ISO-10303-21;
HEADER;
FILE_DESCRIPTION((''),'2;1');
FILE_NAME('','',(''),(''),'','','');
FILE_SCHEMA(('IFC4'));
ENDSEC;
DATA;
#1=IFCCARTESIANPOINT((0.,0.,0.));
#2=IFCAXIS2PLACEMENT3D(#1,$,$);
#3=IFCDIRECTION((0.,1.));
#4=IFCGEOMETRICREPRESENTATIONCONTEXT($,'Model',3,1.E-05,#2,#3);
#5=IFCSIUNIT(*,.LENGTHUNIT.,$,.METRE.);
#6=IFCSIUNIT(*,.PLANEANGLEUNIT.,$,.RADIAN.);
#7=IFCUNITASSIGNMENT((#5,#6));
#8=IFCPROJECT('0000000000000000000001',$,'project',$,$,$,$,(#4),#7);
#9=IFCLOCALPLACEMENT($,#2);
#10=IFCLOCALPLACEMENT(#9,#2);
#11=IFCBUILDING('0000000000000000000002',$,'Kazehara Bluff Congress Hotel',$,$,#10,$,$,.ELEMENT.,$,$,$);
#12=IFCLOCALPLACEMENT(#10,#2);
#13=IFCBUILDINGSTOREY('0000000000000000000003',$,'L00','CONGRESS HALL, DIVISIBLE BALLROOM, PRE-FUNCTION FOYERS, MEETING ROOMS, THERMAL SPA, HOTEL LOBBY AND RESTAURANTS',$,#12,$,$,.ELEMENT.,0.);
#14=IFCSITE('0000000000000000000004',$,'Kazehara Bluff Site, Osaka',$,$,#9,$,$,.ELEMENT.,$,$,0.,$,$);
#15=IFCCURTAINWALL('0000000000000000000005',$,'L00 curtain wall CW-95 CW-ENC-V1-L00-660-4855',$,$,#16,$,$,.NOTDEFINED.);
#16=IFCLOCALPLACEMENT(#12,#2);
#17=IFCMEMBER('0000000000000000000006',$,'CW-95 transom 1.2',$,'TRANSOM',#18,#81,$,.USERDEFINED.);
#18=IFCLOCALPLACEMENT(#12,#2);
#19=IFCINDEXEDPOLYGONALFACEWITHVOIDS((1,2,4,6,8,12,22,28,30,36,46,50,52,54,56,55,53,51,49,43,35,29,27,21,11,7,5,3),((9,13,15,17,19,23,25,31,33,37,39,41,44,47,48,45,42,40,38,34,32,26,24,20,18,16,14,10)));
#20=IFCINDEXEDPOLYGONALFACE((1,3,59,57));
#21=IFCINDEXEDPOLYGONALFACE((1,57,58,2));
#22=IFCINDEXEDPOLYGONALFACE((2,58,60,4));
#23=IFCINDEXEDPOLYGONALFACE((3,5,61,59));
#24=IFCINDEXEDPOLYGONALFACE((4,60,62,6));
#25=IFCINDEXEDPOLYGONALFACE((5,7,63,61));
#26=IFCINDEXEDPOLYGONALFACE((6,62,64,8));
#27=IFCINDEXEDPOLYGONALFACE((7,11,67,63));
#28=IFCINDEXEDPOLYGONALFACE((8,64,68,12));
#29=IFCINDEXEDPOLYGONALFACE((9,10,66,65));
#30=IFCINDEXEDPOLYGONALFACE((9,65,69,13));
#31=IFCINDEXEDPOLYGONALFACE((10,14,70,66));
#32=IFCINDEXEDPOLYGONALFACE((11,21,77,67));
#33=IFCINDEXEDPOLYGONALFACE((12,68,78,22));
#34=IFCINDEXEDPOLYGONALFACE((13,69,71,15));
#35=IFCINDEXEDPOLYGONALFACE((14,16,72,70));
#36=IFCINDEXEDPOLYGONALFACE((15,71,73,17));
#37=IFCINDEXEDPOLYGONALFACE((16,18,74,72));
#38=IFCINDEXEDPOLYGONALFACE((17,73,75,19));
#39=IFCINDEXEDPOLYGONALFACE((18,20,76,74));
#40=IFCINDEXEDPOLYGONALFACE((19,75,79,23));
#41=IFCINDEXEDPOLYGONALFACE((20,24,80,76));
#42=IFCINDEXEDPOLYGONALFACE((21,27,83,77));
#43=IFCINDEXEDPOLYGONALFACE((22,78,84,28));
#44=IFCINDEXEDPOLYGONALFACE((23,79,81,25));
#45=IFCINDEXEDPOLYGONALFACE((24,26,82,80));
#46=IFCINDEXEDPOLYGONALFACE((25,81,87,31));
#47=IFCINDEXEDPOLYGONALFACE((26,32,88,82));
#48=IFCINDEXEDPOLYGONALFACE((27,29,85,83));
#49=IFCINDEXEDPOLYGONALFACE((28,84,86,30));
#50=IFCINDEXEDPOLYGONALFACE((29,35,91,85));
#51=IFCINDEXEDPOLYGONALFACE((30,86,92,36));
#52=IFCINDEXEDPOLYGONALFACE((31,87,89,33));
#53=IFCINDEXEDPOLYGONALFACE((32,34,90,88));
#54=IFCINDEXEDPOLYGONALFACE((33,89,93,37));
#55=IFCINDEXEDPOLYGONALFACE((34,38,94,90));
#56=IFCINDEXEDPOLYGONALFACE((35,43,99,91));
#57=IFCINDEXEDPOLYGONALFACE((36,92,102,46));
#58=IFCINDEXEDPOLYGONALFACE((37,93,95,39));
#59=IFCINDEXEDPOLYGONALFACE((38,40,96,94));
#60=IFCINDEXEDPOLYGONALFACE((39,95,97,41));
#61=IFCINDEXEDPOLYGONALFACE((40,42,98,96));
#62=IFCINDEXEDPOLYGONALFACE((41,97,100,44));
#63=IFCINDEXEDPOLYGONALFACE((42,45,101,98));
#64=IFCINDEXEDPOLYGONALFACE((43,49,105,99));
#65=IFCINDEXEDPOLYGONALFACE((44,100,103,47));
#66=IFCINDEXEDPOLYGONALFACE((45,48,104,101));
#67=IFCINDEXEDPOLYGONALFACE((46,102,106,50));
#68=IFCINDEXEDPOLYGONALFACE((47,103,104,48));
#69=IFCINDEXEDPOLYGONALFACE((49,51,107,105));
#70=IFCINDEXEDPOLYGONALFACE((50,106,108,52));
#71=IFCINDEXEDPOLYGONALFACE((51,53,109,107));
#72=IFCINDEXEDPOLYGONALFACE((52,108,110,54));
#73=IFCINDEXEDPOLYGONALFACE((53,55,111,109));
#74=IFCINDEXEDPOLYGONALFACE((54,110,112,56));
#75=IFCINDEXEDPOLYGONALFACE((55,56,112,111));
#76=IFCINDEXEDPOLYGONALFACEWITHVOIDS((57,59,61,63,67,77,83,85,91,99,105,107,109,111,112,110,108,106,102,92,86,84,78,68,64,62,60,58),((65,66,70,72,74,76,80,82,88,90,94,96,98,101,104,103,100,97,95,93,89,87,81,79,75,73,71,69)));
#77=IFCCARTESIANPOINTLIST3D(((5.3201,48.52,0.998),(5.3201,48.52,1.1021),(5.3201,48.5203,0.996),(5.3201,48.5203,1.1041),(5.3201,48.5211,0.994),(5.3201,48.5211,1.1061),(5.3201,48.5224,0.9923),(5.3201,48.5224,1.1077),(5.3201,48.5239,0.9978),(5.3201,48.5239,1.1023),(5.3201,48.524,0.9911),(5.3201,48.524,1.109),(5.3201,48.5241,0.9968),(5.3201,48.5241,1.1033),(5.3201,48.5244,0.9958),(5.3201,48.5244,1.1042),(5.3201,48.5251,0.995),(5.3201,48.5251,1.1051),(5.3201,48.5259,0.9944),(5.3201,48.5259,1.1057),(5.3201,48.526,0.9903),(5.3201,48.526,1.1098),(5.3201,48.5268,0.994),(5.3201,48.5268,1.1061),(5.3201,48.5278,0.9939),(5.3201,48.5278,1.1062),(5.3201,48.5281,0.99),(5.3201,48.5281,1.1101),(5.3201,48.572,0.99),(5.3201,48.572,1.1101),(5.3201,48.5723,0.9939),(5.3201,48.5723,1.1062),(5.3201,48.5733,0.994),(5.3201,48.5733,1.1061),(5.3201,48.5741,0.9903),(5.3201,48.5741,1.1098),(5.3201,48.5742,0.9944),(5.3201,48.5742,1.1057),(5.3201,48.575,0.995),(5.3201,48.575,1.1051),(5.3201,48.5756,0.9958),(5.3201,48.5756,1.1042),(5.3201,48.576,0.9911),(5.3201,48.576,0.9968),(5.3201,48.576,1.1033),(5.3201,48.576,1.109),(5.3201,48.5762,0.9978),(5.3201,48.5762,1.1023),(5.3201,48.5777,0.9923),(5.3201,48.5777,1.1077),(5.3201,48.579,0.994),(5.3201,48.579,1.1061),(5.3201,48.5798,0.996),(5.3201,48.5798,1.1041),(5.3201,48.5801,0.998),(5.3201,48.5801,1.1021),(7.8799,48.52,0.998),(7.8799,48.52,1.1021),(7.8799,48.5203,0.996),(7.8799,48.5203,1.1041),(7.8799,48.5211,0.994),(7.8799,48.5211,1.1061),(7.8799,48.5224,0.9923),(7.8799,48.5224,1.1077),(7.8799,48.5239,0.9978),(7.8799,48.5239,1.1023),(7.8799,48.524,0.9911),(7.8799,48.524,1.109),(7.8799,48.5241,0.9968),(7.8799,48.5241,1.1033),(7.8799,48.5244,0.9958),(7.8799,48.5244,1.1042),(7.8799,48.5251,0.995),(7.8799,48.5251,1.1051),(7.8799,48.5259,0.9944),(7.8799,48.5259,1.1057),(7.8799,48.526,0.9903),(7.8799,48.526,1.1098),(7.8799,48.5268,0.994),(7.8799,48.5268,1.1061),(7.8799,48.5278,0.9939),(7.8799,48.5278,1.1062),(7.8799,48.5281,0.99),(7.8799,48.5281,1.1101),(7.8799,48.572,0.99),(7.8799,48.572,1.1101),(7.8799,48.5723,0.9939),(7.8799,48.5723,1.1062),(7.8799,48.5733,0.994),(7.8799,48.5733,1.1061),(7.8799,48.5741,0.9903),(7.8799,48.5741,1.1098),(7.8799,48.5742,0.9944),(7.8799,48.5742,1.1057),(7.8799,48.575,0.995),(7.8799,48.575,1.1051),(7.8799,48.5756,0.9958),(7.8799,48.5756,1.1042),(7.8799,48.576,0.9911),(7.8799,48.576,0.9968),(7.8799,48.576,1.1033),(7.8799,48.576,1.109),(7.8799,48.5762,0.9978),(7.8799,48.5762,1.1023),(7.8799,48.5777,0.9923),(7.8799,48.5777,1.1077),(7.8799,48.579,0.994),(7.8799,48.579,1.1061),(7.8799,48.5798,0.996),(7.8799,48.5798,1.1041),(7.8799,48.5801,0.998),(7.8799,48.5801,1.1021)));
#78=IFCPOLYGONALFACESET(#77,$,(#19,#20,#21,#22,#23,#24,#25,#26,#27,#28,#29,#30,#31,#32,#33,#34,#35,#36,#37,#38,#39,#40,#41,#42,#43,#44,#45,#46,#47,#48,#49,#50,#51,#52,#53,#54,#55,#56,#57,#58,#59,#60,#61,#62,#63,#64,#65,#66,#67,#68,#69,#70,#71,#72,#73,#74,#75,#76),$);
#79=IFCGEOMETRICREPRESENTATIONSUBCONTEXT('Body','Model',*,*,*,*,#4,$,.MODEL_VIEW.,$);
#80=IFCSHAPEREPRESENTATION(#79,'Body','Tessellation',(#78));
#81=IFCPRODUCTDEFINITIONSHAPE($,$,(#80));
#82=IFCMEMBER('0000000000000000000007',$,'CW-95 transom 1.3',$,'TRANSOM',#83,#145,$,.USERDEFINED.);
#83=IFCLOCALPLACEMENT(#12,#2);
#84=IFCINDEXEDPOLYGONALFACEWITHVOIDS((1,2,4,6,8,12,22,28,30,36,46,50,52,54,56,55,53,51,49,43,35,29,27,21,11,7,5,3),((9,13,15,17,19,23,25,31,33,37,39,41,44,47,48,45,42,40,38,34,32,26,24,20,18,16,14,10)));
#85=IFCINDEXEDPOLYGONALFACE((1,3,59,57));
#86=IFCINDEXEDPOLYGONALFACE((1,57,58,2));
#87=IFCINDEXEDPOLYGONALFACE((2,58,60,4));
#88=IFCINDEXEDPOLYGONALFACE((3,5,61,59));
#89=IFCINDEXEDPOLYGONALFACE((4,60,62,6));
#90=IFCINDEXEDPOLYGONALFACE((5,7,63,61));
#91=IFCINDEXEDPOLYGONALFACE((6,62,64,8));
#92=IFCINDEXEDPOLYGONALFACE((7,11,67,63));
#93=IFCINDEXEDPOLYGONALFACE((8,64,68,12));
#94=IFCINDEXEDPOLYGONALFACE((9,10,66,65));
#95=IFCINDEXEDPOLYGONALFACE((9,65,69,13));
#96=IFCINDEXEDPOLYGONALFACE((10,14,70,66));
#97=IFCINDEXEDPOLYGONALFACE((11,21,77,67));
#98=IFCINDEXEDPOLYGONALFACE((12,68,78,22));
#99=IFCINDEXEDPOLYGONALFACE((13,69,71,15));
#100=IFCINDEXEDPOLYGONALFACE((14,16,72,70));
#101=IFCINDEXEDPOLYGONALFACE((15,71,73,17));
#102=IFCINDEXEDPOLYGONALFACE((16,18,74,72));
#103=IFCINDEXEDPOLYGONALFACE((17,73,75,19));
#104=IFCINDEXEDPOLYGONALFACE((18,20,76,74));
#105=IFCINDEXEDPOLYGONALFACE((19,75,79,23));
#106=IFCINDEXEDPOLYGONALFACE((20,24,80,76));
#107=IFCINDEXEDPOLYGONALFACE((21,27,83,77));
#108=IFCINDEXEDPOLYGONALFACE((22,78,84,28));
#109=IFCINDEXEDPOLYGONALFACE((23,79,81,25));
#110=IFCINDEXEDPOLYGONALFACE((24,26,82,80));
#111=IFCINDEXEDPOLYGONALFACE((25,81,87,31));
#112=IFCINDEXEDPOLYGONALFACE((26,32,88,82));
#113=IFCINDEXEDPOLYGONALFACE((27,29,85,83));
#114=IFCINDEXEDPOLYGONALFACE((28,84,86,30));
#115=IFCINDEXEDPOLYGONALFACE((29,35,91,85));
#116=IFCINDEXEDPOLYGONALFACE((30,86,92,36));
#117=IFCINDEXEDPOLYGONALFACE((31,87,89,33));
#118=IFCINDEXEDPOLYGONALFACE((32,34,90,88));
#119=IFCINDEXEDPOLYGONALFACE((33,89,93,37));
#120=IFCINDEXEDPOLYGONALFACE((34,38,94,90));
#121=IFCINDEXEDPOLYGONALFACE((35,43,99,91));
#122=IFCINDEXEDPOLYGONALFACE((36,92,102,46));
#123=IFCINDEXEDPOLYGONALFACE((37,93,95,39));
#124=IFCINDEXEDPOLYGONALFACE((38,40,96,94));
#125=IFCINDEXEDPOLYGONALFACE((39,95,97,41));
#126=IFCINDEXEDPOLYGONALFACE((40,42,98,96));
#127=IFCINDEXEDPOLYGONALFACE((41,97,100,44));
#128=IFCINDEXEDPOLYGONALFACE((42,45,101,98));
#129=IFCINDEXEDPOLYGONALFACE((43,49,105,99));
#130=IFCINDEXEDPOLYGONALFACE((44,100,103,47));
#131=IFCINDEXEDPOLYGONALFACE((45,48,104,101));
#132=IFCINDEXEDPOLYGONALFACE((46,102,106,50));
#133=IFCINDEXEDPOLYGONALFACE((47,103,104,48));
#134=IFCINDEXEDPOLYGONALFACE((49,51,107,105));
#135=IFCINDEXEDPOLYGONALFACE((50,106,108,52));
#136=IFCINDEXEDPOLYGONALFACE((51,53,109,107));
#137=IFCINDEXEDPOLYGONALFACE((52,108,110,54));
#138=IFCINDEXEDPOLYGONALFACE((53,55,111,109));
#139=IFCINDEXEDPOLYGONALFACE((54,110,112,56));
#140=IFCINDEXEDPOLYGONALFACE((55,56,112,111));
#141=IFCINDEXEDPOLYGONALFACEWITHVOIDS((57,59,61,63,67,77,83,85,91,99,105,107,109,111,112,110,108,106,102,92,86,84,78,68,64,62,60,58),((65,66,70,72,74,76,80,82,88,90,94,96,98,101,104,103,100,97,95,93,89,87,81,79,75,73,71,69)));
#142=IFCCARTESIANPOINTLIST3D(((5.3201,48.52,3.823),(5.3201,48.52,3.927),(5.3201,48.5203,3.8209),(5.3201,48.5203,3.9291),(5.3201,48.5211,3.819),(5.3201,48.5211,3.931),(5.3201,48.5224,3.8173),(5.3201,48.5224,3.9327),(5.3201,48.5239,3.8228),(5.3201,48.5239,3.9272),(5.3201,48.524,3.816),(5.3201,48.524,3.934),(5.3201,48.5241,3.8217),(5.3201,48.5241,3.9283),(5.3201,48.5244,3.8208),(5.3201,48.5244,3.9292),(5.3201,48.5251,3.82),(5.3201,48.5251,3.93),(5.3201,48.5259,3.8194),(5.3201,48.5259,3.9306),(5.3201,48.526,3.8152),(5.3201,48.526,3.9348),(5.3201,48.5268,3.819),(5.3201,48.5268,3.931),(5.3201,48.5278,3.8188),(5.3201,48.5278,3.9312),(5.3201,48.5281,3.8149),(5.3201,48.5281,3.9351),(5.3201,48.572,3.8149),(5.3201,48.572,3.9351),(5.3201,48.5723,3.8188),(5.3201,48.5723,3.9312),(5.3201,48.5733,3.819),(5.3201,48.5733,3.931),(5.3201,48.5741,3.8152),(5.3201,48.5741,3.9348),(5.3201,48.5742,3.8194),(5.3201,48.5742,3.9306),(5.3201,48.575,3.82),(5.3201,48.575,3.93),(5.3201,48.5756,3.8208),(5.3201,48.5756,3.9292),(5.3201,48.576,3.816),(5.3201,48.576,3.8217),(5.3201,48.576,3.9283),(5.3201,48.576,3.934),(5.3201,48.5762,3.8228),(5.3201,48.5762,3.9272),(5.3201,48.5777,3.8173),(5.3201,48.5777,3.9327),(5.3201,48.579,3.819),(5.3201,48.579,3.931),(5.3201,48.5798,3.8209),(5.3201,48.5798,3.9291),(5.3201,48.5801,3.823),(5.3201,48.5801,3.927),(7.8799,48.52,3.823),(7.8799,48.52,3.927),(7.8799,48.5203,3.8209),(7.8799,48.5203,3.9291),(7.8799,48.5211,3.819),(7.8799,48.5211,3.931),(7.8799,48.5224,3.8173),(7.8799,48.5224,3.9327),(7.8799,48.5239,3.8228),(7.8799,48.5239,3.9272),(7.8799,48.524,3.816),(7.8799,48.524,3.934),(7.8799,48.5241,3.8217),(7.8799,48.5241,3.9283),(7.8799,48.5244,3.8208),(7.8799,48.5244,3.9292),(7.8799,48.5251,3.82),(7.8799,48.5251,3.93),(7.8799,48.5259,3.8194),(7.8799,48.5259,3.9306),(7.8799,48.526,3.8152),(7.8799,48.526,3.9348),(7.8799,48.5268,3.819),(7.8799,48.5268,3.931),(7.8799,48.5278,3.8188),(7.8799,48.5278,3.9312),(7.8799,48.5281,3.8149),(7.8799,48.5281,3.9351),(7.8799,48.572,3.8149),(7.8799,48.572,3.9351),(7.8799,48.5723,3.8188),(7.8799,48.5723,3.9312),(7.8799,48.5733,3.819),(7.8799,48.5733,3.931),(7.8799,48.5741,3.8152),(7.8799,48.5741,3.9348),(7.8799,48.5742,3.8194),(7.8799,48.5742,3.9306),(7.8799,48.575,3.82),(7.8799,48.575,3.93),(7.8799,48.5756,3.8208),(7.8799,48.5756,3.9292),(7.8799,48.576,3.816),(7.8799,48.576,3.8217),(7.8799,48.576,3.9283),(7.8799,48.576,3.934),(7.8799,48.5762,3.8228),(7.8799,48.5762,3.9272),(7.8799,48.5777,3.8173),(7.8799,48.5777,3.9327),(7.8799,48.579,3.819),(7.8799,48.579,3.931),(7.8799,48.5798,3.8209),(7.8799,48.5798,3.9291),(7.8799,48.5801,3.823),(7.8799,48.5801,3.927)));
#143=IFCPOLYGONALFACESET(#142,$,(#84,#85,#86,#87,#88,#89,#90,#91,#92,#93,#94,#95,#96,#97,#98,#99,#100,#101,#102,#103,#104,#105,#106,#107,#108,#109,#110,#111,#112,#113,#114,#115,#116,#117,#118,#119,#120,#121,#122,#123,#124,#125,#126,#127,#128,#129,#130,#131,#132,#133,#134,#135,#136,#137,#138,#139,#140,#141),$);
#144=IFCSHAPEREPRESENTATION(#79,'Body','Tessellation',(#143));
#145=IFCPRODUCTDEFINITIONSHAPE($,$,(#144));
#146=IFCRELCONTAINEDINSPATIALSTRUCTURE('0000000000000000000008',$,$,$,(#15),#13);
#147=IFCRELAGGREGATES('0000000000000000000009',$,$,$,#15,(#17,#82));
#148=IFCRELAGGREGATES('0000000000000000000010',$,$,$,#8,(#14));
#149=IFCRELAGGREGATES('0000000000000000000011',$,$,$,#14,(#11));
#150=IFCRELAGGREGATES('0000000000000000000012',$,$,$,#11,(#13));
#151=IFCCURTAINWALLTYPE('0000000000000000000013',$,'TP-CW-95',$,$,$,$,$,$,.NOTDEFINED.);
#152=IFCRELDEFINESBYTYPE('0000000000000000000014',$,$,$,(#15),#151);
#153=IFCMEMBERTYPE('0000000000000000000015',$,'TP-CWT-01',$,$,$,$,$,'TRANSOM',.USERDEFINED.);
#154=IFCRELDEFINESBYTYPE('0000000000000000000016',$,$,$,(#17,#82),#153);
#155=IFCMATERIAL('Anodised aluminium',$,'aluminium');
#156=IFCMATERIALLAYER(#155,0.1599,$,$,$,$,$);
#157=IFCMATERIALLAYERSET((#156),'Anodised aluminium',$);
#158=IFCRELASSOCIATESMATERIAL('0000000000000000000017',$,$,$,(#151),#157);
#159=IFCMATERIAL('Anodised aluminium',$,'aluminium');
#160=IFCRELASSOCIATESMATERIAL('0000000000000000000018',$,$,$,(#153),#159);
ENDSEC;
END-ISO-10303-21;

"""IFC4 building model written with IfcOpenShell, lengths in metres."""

from ifc_helpers import new_model, si_unit, direction, frame, origin, origin_2d, place, context, subcontext, project, spatial, hollow_rectangle, extrude, material, layer, layer_set, material_profile, profile_set, type_object, element, aggregate, save


model = new_model("IFC4")

# Units and contexts
model_context = context("Model", 3, precision=1e-05, world=origin(), true_north=direction((0.0, 1.0)))
body_context = subcontext(model_context, "Body", "Model", "MODEL_VIEW")
ifc_project = project(units=[si_unit("LENGTHUNIT", "METRE"), si_unit("PLANEANGLEUNIT", "RADIAN")], contexts=[model_context])

# Site, building, storey
site_placement = place(None, origin())
site = spatial("IfcSite", under=ifc_project, at=site_placement, Name="Kazehara Bluff Site, Osaka", CompositionType="ELEMENT", RefElevation=0.0)
building_placement = place(site_placement, origin())
building = spatial("IfcBuilding", under=site, at=building_placement, Name="Kazehara Bluff Congress Hotel", CompositionType="ELEMENT")
storey_placement = place(building_placement, origin())
storey = spatial("IfcBuildingStorey", under=building, at=storey_placement, Name="L00", Description="CONGRESS HALL, DIVISIBLE BALLROOM, PRE-FUNCTION FOYERS, MEETING ROOMS, THERMAL SPA, HOTEL LOBBY AND RESTAURANTS", CompositionType="ELEMENT", Elevation=0.0)

# Curtain wall, members
ifc_material_1 = material(Name="Anodised aluminium", Category="aluminium")
ifc_layer_1 = layer(ifc_material_1, 0.1599)
ifc_layer_set_1 = layer_set([ifc_layer_1], Name="Anodised aluminium")
curtain_wall_type = type_object("IfcCurtainWallType", Name="TP-CW-95", PredefinedType="NOTDEFINED", material=ifc_layer_set_1)
curtain_wall_placement = place(storey_placement, origin())
curtain_wall = element("IfcCurtainWall", 1, at=curtain_wall_placement, inside=storey, type_object=curtain_wall_type, Name="L00 curtain wall CW-95 CW-ENC-V1-L00-660-4855", PredefinedType="NOTDEFINED")
ifc_material_2 = material(Name="Anodised aluminium", Category="aluminium")
ifc_material_profile_1 = material_profile(ifc_material_2, hollow_rectangle(XDim=0.0601, YDim=0.1201, WallThickness=0.0039, InnerFilletRadius=0.0039, OuterFilletRadius=0.0081, at=origin_2d()))
ifc_profile_set_1 = profile_set([ifc_material_profile_1], Name="Anodised aluminium")
member_type_1 = type_object("IfcMemberType", Name="TP-CWT-01", ElementType="TRANSOM", PredefinedType="USERDEFINED", material=ifc_profile_set_1)
member_1_placement = place(storey_placement, frame((7.8799, 48.55, 1.05), z_axis=(-1.0, 0.0, 0.0), x_axis=(0.0, -1.0, 0.0)))
member_1 = element("IfcMember", 2, at=member_1_placement, type_object=member_type_1, Name="CW-95 transom 1.2", ObjectType="TRANSOM", PredefinedType="USERDEFINED", context=body_context, shape_type="SweptSolid", body=[
    extrude(hollow_rectangle(XDim=0.0601, YDim=0.1201, WallThickness=0.0039, InnerFilletRadius=0.0039, OuterFilletRadius=0.0081, at=origin_2d()), origin(), (0.0, 0.0, 1.0), 2.5598),
])
member_2_placement = place(storey_placement, frame((7.8799, 48.55, 3.875), z_axis=(-1.0, 0.0, 0.0), x_axis=(0.0, -1.0, 0.0)))
member_2 = element("IfcMember", 3, at=member_2_placement, type_object=member_type_1, Name="CW-95 transom 1.3", ObjectType="TRANSOM", PredefinedType="USERDEFINED", context=body_context, shape_type="SweptSolid", body=[
    extrude(hollow_rectangle(XDim=0.0601, YDim=0.1201, WallThickness=0.0039, InnerFilletRadius=0.0039, OuterFilletRadius=0.0081, at=origin_2d()), origin(), (0.0, 0.0, 1.0), 2.5598),
])

aggregate(curtain_wall, [member_1, member_2])

save(model, "model.ifc")
